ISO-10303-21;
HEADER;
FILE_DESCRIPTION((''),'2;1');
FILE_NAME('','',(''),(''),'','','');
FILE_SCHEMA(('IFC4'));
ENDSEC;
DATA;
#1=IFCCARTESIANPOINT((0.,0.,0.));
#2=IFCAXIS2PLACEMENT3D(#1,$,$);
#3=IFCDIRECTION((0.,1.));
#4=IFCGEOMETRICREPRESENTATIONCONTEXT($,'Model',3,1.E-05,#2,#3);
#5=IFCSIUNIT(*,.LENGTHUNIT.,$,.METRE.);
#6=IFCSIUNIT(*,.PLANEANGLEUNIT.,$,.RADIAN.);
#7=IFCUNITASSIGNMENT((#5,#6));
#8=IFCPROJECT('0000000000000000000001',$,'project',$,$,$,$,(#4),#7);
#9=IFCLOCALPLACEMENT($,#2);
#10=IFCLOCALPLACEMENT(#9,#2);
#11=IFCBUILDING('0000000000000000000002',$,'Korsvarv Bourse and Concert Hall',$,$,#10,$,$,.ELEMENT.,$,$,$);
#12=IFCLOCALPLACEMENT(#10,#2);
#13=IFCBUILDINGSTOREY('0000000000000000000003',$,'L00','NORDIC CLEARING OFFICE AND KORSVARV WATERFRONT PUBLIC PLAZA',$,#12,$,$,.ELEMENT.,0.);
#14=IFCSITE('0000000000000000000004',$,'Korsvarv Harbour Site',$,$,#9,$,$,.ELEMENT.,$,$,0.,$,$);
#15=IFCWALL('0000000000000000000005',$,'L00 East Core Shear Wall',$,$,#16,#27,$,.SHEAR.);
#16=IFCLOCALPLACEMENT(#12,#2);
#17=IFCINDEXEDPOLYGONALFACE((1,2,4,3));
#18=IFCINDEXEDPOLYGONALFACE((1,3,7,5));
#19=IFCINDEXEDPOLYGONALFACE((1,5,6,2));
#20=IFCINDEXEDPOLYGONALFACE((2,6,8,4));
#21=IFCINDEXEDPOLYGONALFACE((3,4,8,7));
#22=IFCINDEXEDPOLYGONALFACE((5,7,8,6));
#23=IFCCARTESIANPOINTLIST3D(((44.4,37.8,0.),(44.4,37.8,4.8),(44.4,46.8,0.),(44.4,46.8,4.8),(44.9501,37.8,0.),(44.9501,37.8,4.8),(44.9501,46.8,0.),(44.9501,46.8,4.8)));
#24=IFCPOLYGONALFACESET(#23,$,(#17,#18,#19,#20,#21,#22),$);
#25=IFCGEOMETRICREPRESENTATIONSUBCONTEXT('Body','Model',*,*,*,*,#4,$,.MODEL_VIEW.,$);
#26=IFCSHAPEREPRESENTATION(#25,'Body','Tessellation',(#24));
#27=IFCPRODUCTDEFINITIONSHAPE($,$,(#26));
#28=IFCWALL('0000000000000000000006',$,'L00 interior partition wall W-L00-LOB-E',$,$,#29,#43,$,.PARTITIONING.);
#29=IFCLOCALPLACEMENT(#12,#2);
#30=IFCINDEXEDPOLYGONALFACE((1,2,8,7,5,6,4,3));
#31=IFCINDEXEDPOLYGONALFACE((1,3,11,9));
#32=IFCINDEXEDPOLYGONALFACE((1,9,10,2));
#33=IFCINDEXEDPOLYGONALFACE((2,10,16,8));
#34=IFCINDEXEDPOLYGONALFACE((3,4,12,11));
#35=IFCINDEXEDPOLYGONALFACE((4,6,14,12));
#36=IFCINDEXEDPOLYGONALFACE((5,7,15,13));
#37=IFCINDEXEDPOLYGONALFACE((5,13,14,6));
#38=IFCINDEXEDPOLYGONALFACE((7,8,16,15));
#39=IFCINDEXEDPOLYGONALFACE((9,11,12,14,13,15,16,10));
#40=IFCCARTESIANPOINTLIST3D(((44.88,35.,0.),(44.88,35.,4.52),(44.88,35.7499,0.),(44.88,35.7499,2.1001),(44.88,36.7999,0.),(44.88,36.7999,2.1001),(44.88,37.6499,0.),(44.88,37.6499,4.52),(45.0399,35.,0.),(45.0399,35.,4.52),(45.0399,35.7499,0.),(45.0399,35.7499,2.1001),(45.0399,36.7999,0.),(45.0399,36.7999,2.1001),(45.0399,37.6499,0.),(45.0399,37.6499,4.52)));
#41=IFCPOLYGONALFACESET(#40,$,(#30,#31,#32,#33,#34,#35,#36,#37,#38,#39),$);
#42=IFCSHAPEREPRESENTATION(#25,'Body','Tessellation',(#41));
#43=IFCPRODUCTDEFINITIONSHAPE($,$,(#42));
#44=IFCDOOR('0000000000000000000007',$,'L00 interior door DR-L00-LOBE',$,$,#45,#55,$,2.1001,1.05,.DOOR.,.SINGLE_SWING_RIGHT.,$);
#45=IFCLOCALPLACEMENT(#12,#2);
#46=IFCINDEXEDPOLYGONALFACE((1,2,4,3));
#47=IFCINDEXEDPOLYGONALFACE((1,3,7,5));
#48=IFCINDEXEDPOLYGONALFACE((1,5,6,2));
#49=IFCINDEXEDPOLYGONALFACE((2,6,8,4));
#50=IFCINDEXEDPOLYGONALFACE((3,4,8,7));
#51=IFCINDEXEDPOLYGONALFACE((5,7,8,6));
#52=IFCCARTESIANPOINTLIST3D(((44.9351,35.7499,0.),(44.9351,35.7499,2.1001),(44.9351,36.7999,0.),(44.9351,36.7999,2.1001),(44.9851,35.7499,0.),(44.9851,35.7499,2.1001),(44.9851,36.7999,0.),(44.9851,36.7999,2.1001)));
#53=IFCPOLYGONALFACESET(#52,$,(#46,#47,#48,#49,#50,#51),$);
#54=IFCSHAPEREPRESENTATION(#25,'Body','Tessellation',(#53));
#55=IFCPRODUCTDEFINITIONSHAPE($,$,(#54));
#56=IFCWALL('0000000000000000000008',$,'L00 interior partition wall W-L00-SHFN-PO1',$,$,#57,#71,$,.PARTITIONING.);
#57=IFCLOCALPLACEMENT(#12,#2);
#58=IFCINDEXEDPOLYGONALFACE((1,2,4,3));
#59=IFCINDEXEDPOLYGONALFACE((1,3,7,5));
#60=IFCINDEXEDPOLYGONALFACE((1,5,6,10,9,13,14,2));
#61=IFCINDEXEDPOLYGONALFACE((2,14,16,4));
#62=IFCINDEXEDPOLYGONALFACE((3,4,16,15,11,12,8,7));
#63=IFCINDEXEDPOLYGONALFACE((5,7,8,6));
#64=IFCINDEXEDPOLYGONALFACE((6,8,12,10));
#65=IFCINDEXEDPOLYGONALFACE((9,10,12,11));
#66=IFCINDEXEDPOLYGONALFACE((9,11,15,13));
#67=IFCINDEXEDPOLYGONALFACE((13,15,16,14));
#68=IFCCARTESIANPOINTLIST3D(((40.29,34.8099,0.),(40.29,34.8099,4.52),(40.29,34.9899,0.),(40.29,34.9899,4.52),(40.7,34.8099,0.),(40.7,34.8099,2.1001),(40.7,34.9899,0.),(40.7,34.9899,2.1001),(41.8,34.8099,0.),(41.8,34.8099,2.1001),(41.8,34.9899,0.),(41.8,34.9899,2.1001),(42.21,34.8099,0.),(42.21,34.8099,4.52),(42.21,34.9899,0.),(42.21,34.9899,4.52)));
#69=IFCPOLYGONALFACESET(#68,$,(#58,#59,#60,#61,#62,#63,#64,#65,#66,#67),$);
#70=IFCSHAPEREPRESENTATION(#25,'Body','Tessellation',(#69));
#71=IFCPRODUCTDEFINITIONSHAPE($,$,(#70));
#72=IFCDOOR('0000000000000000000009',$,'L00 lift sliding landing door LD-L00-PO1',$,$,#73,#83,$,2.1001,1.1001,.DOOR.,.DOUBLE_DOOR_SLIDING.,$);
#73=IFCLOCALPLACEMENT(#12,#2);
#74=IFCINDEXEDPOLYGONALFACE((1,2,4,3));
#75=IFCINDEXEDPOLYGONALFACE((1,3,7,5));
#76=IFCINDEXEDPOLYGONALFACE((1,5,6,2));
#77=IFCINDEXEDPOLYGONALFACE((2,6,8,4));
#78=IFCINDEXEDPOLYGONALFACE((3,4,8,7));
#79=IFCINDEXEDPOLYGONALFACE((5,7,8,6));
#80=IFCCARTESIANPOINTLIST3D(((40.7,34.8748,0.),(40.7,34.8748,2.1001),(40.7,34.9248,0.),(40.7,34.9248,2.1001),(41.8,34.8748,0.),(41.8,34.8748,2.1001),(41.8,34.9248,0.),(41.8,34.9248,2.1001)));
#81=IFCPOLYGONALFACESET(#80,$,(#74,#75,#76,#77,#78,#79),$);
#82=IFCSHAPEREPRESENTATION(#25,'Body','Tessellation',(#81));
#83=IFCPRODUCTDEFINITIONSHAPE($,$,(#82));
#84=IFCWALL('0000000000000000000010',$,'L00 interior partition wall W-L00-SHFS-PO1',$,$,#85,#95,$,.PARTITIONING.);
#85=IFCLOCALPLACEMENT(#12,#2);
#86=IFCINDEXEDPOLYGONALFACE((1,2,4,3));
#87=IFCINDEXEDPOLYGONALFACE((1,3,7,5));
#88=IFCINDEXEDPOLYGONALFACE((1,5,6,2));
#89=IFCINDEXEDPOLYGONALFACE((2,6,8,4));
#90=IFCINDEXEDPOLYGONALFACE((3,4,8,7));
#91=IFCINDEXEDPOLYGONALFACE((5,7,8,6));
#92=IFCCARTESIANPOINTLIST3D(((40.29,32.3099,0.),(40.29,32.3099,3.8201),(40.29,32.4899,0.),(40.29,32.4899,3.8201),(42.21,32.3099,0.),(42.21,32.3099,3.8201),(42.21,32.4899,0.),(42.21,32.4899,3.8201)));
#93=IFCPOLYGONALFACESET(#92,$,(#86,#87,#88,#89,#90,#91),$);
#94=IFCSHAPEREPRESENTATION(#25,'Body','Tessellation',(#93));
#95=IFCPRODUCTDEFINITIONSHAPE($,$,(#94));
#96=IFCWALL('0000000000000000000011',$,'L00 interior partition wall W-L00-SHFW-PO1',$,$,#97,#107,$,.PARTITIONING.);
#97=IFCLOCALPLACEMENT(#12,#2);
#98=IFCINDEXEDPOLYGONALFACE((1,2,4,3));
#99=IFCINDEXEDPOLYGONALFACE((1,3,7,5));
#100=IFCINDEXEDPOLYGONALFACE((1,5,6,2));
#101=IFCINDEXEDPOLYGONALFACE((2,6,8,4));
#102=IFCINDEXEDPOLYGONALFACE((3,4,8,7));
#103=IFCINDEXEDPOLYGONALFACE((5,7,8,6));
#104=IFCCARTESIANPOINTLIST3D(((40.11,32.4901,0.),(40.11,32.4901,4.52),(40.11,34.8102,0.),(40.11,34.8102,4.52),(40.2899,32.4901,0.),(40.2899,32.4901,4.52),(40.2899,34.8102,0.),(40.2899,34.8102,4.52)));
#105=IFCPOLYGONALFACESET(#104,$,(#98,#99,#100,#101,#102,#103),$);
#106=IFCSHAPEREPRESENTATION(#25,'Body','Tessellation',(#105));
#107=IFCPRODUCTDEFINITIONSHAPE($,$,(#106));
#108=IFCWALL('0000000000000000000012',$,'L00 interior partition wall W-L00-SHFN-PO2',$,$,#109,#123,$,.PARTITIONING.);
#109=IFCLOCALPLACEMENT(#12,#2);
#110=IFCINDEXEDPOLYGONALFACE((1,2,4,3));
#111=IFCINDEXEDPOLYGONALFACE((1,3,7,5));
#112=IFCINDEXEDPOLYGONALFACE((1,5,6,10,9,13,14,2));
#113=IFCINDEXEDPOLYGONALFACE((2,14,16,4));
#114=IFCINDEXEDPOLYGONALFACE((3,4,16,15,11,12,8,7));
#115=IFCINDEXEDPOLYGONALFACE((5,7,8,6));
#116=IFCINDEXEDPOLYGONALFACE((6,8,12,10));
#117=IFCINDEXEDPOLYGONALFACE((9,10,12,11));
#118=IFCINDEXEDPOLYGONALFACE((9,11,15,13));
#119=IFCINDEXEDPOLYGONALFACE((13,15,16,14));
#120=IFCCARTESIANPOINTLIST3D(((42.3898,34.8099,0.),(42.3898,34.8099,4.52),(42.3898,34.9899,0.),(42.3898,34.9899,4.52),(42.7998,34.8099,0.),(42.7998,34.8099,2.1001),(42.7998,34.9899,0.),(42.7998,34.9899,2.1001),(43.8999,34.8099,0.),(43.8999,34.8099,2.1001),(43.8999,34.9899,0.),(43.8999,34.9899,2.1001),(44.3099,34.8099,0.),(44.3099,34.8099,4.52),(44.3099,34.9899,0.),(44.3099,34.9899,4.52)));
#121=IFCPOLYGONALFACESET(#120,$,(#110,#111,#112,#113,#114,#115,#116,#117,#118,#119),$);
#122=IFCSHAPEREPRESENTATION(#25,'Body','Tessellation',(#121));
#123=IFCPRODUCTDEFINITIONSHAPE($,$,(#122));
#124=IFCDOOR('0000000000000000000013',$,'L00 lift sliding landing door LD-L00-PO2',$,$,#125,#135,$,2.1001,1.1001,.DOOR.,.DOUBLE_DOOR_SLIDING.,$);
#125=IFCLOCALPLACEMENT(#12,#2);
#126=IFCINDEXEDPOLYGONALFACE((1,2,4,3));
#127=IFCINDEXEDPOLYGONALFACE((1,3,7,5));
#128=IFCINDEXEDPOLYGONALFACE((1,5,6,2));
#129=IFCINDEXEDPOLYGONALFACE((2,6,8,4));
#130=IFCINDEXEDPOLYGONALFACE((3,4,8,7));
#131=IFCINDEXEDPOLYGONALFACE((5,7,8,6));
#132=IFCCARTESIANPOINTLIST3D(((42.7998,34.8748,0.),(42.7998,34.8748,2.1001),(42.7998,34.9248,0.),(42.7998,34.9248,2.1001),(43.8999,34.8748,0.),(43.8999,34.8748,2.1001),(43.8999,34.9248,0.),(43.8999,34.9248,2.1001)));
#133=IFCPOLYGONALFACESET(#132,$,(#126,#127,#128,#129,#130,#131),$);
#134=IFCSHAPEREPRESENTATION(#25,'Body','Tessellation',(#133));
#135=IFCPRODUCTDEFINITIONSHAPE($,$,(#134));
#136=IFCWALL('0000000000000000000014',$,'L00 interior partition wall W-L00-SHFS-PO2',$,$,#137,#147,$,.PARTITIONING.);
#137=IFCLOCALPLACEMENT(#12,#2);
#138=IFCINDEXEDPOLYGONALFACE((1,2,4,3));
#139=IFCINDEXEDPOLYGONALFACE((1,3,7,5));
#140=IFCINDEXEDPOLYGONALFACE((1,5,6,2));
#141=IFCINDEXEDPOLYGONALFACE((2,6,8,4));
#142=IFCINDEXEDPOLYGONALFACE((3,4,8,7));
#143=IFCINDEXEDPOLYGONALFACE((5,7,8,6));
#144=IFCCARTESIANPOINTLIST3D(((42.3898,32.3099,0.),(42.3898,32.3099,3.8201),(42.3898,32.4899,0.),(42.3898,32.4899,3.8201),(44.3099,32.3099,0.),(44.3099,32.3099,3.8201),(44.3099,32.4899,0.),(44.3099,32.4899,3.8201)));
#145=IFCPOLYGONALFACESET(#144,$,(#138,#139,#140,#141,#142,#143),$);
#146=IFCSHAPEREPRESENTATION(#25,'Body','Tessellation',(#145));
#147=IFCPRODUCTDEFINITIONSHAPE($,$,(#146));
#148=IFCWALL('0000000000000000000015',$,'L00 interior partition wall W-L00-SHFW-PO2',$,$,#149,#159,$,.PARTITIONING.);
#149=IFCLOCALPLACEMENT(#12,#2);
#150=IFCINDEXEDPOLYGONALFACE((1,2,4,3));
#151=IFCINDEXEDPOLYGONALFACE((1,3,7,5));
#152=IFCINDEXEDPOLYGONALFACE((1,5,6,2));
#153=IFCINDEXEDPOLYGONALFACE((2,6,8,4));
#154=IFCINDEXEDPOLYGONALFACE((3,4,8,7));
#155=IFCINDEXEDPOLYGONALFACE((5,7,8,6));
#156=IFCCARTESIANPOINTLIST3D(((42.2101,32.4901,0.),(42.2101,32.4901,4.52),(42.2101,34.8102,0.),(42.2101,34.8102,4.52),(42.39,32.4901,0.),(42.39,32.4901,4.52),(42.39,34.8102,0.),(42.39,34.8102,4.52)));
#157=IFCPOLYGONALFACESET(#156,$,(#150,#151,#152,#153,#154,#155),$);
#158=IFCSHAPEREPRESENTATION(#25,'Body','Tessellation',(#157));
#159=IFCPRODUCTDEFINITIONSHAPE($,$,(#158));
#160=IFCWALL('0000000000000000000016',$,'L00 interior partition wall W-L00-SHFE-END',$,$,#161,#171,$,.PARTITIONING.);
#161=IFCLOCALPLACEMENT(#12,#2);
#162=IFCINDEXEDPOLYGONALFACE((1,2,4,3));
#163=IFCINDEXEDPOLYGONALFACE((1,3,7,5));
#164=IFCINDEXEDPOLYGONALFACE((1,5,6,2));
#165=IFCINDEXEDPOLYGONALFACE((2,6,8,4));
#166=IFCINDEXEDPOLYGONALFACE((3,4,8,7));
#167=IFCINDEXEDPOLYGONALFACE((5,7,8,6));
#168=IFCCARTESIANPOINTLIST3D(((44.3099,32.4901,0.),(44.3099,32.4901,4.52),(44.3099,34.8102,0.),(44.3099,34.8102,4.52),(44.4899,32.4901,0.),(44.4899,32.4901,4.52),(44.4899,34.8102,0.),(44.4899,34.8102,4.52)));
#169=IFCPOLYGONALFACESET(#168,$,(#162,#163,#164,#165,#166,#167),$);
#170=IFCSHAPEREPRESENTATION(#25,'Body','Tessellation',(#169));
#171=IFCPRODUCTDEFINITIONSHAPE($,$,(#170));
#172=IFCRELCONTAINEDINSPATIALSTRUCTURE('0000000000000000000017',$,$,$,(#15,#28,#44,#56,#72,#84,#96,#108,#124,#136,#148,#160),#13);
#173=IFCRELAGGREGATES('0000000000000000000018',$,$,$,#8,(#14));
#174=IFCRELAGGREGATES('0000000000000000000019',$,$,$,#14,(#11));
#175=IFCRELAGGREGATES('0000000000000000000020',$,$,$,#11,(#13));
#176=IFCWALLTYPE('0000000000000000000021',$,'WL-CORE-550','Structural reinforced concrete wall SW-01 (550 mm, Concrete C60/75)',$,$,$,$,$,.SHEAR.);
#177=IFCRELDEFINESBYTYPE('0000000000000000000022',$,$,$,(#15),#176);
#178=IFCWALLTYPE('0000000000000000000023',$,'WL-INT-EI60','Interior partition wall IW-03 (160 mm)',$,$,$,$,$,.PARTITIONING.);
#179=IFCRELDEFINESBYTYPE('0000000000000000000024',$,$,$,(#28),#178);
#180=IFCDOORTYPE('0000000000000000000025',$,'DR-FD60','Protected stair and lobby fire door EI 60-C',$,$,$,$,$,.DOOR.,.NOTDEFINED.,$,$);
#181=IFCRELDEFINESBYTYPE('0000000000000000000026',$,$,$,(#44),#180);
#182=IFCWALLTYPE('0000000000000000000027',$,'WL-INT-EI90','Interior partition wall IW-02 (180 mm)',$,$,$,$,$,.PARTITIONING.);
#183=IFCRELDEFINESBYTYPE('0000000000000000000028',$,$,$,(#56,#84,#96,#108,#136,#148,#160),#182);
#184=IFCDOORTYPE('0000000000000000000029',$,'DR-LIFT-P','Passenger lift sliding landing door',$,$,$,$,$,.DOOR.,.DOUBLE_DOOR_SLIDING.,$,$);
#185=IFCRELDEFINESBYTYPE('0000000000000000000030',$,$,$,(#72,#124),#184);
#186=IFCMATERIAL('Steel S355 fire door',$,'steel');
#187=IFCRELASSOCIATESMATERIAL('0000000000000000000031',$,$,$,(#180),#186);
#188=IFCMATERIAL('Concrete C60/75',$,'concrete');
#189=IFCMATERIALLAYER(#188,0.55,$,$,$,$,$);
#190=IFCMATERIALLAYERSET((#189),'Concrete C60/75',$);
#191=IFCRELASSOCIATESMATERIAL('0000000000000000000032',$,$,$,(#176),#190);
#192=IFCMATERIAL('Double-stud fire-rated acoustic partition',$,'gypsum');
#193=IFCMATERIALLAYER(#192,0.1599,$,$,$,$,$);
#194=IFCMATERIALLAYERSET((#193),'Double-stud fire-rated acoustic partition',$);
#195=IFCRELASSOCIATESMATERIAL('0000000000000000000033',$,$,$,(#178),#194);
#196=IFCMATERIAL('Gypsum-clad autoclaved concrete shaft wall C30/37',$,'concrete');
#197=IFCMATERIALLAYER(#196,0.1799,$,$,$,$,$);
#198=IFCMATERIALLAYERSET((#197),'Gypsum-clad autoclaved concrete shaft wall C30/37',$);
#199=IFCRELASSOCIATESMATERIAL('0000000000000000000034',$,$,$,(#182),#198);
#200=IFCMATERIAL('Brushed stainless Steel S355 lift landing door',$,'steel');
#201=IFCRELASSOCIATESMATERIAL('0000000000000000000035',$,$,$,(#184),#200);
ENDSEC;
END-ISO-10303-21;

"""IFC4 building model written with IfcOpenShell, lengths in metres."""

from ifc_helpers import new_model, si_unit, direction, frame, frame_2d, origin, place, context, subcontext, project, spatial, rectangle, extrude, material, layer, layer_set, type_object, element, fill, save


model = new_model("IFC4")

# Units and contexts
model_context = context("Model", 3, precision=1e-05, world=origin(), true_north=direction((0.0, 1.0)))
body_context = subcontext(model_context, "Body", "Model", "MODEL_VIEW")
ifc_project = project(units=[si_unit("LENGTHUNIT", "METRE"), si_unit("PLANEANGLEUNIT", "RADIAN")], contexts=[model_context])

# Site, building, storey
site_placement = place(None, origin())
site = spatial("IfcSite", under=ifc_project, at=site_placement, Name="Korsvarv Harbour Site", CompositionType="ELEMENT", RefElevation=0.0)
building_placement = place(site_placement, origin())
building = spatial("IfcBuilding", under=site, at=building_placement, Name="Korsvarv Bourse and Concert Hall", CompositionType="ELEMENT")
storey_placement = place(building_placement, origin())
storey = spatial("IfcBuildingStorey", under=building, at=storey_placement, Name="L00", Description="NORDIC CLEARING OFFICE AND KORSVARV WATERFRONT PUBLIC PLAZA", CompositionType="ELEMENT", Elevation=0.0)

# Shared definitions
ifc_material_1 = material(Name="Concrete C60/75", Category="concrete")

# Shared definitions
ifc_material_2 = material(Name="Steel S355 fire door", Category="steel")
door_type_1 = type_object("IfcDoorType", Name="DR-FD60", Description="Protected stair and lobby fire door EI 60-C", OperationType="NOTDEFINED", PredefinedType="DOOR", material=ifc_material_2)

# Wall
ifc_layer_1 = layer(ifc_material_1, 0.55)
ifc_layer_set_1 = layer_set([ifc_layer_1], Name="Concrete C60/75")
wall_type_1 = type_object("IfcWallType", Name="WL-CORE-550", Description="Structural reinforced concrete wall SW-01 (550 mm, Concrete C60/75)", PredefinedType="SHEAR", material=ifc_layer_set_1)
wall_1_placement = place(storey_placement, frame((44.675, 37.8, 0.0), z_axis=(0.0, 0.0, 1.0), x_axis=(0.0, 1.0, 0.0)))
element("IfcWall", 1, at=wall_1_placement, inside=storey, type_object=wall_type_1, Name="L00 East Core Shear Wall", PredefinedType="SHEAR", context=body_context, shape_type="SweptSolid", body=[
    extrude(rectangle(XDim=9.0, YDim=0.55, at=frame_2d((4.5, 0.0))), origin(), (0.0, 0.0, 1.0), 4.8),
])

# Walls, openings, doors
ifc_material_3 = material(Name="Double-stud fire-rated acoustic partition", Category="gypsum")
ifc_layer_2 = layer(ifc_material_3, 0.1599)
ifc_layer_set_2 = layer_set([ifc_layer_2], Name="Double-stud fire-rated acoustic partition")
wall_type_2 = type_object("IfcWallType", Name="WL-INT-EI60", Description="Interior partition wall IW-03 (160 mm)", PredefinedType="PARTITIONING", material=ifc_layer_set_2)
wall_2_placement = place(storey_placement, frame((44.96, 35.0, 0.0), z_axis=(0.0, 0.0, 1.0), x_axis=(0.0, 1.0, 0.0)))
wall_2 = element("IfcWall", 2, at=wall_2_placement, inside=storey, type_object=wall_type_2, Name="L00 interior partition wall W-L00-LOB-E", PredefinedType="PARTITIONING", context=body_context, shape_type="SweptSolid", body=[
    extrude(rectangle(XDim=2.6499, YDim=0.1599, at=frame_2d((1.325, 0.0))), origin(), (0.0, 0.0, 1.0), 4.52),
])
opening_1_placement = place(wall_2_placement, frame((0.75, 0.0, 0.0)))
opening_1 = element("IfcOpeningElement", 3, at=opening_1_placement, cuts=wall_2, PredefinedType="OPENING", context=body_context, shape_type="SweptSolid", body=[
    extrude(rectangle(XDim=1.05, YDim=2.1001, at=frame_2d((0.5249, 1.05))), frame((0.0, 0.0898, 0.0), z_axis=(0.0, -1.0, 0.0), x_axis=(1.0, 0.0, 0.0)), (0.0, 0.0, 1.0), 0.1799),
])
door_1_placement = place(opening_1_placement, origin())
door_1 = element("IfcDoor", 4, at=door_1_placement, inside=storey, type_object=door_type_1, Name="L00 interior door DR-L00-LOBE", OperationType="SINGLE_SWING_RIGHT", OverallHeight=2.1001, OverallWidth=1.05, PredefinedType="DOOR", context=body_context, shape_type="SweptSolid", body=[
    extrude(rectangle(XDim=1.05, YDim=2.1001, at=frame_2d((0.5249, 1.05))), frame((0.0, 0.0249, 0.0), z_axis=(0.0, -1.0, 0.0), x_axis=(1.0, 0.0, 0.0)), (0.0, 0.0, 1.0), 0.05),
])
fill(opening_1, door_1)
ifc_material_4 = material(Name="Gypsum-clad autoclaved concrete shaft wall C30/37", Category="concrete")
ifc_layer_3 = layer(ifc_material_4, 0.1799)
ifc_layer_set_3 = layer_set([ifc_layer_3], Name="Gypsum-clad autoclaved concrete shaft wall C30/37")
wall_type_3 = type_object("IfcWallType", Name="WL-INT-EI90", Description="Interior partition wall IW-02 (180 mm)", PredefinedType="PARTITIONING", material=ifc_layer_set_3)
wall_3_placement = place(storey_placement, frame((40.29, 34.8999, 0.0), z_axis=(0.0, 0.0, 1.0), x_axis=(1.0, 0.0, 0.0)))
wall_3 = element("IfcWall", 5, at=wall_3_placement, inside=storey, type_object=wall_type_3, Name="L00 interior partition wall W-L00-SHFN-PO1", PredefinedType="PARTITIONING", context=body_context, shape_type="SweptSolid", body=[
    extrude(rectangle(XDim=1.9199, YDim=0.1799, at=frame_2d((0.96, 0.0))), origin(), (0.0, 0.0, 1.0), 4.52),
])
opening_2_placement = place(wall_3_placement, frame((0.4099, 0.0, 0.0)))
opening_2 = element("IfcOpeningElement", 6, at=opening_2_placement, cuts=wall_3, PredefinedType="OPENING", context=body_context, shape_type="SweptSolid", body=[
    extrude(rectangle(XDim=1.1001, YDim=2.1001, at=frame_2d((0.55, 1.05))), frame((0.0, 0.1001, 0.0), z_axis=(0.0, -1.0, 0.0), x_axis=(1.0, 0.0, 0.0)), (0.0, 0.0, 1.0), 0.2),
])
ifc_material_5 = material(Name="Brushed stainless Steel S355 lift landing door", Category="steel")
door_type_2 = type_object("IfcDoorType", Name="DR-LIFT-P", Description="Passenger lift sliding landing door", OperationType="DOUBLE_DOOR_SLIDING", PredefinedType="DOOR", material=ifc_material_5)
door_2_placement = place(opening_2_placement, origin())
door_2 = element("IfcDoor", 7, at=door_2_placement, inside=storey, type_object=door_type_2, Name="L00 lift sliding landing door LD-L00-PO1", OperationType="DOUBLE_DOOR_SLIDING", OverallHeight=2.1001, OverallWidth=1.1001, PredefinedType="DOOR", context=body_context, shape_type="SweptSolid", body=[
    extrude(rectangle(XDim=1.1001, YDim=2.1001, at=frame_2d((0.55, 1.05))), frame((0.0, 0.0249, 0.0), z_axis=(0.0, -1.0, 0.0), x_axis=(1.0, 0.0, 0.0)), (0.0, 0.0, 1.0), 0.05),
])
fill(opening_2, door_2)

# Walls
wall_4_placement = place(storey_placement, frame((40.29, 32.3999, 0.0), z_axis=(0.0, 0.0, 1.0), x_axis=(1.0, 0.0, 0.0)))
element("IfcWall", 8, at=wall_4_placement, inside=storey, type_object=wall_type_3, Name="L00 interior partition wall W-L00-SHFS-PO1", PredefinedType="PARTITIONING", context=body_context, shape_type="SweptSolid", body=[
    extrude(rectangle(XDim=1.9199, YDim=0.1799, at=frame_2d((0.96, 0.0))), origin(), (0.0, 0.0, 1.0), 3.8201),
])
wall_5_placement = place(storey_placement, frame((40.2, 32.49, 0.0), z_axis=(0.0, 0.0, 1.0), x_axis=(0.0, 1.0, 0.0)))
element("IfcWall", 9, at=wall_5_placement, inside=storey, type_object=wall_type_3, Name="L00 interior partition wall W-L00-SHFW-PO1", PredefinedType="PARTITIONING", context=body_context, shape_type="SweptSolid", body=[
    extrude(rectangle(XDim=2.3201, YDim=0.1799, at=frame_2d((1.1602, 0.0))), origin(), (0.0, 0.0, 1.0), 4.52),
])

# Wall, opening, door
wall_6_placement = place(storey_placement, frame((42.3899, 34.8999, 0.0), z_axis=(0.0, 0.0, 1.0), x_axis=(1.0, 0.0, 0.0)))
wall_6 = element("IfcWall", 10, at=wall_6_placement, inside=storey, type_object=wall_type_3, Name="L00 interior partition wall W-L00-SHFN-PO2", PredefinedType="PARTITIONING", context=body_context, shape_type="SweptSolid", body=[
    extrude(rectangle(XDim=1.9202, YDim=0.1799, at=frame_2d((0.96, 0.0))), origin(), (0.0, 0.0, 1.0), 4.52),
])
opening_3_placement = place(wall_6_placement, frame((0.4099, 0.0, 0.0)))
opening_3 = element("IfcOpeningElement", 11, at=opening_3_placement, cuts=wall_6, PredefinedType="OPENING", context=body_context, shape_type="SweptSolid", body=[
    extrude(rectangle(XDim=1.1001, YDim=2.1001, at=frame_2d((0.55, 1.05))), frame((0.0, 0.1001, 0.0), z_axis=(0.0, -1.0, 0.0), x_axis=(1.0, 0.0, 0.0)), (0.0, 0.0, 1.0), 0.2),
])
door_3_placement = place(opening_3_placement, origin())
door_3 = element("IfcDoor", 12, at=door_3_placement, inside=storey, type_object=door_type_2, Name="L00 lift sliding landing door LD-L00-PO2", OperationType="DOUBLE_DOOR_SLIDING", OverallHeight=2.1001, OverallWidth=1.1001, PredefinedType="DOOR", context=body_context, shape_type="SweptSolid", body=[
    extrude(rectangle(XDim=1.1001, YDim=2.1001, at=frame_2d((0.55, 1.05))), frame((0.0, 0.0249, 0.0), z_axis=(0.0, -1.0, 0.0), x_axis=(1.0, 0.0, 0.0)), (0.0, 0.0, 1.0), 0.05),
])
fill(opening_3, door_3)

# Walls
wall_7_placement = place(storey_placement, frame((42.3899, 32.3999, 0.0), z_axis=(0.0, 0.0, 1.0), x_axis=(1.0, 0.0, 0.0)))
element("IfcWall", 13, at=wall_7_placement, inside=storey, type_object=wall_type_3, Name="L00 interior partition wall W-L00-SHFS-PO2", PredefinedType="PARTITIONING", context=body_context, shape_type="SweptSolid", body=[
    extrude(rectangle(XDim=1.9202, YDim=0.1799, at=frame_2d((0.96, 0.0))), origin(), (0.0, 0.0, 1.0), 3.8201),
])
for number, where, z_axis, x_axis, name in (
    (14, (42.3, 32.49, 0.0), (0.0, 0.0, 1.0), (0.0, 1.0, 0.0), "L00 interior partition wall W-L00-SHFW-PO2"),
    (15, (44.3999, 32.49, 0.0), (0.0, 0.0, 1.0), (0.0, 1.0, 0.0), "L00 interior partition wall W-L00-SHFE-END"),
):
    element("IfcWall", number, at=place(storey_placement, frame(where, z_axis=z_axis, x_axis=x_axis)), inside=storey, type_object=wall_type_3, Name=name, PredefinedType="PARTITIONING", context=body_context, shape_type="SweptSolid", body=[
        extrude(rectangle(XDim=2.3201, YDim=0.1799, at=frame_2d((1.1602, 0.0))), origin(), (0.0, 0.0, 1.0), 4.52),
    ])

save(model, "model.ifc")
